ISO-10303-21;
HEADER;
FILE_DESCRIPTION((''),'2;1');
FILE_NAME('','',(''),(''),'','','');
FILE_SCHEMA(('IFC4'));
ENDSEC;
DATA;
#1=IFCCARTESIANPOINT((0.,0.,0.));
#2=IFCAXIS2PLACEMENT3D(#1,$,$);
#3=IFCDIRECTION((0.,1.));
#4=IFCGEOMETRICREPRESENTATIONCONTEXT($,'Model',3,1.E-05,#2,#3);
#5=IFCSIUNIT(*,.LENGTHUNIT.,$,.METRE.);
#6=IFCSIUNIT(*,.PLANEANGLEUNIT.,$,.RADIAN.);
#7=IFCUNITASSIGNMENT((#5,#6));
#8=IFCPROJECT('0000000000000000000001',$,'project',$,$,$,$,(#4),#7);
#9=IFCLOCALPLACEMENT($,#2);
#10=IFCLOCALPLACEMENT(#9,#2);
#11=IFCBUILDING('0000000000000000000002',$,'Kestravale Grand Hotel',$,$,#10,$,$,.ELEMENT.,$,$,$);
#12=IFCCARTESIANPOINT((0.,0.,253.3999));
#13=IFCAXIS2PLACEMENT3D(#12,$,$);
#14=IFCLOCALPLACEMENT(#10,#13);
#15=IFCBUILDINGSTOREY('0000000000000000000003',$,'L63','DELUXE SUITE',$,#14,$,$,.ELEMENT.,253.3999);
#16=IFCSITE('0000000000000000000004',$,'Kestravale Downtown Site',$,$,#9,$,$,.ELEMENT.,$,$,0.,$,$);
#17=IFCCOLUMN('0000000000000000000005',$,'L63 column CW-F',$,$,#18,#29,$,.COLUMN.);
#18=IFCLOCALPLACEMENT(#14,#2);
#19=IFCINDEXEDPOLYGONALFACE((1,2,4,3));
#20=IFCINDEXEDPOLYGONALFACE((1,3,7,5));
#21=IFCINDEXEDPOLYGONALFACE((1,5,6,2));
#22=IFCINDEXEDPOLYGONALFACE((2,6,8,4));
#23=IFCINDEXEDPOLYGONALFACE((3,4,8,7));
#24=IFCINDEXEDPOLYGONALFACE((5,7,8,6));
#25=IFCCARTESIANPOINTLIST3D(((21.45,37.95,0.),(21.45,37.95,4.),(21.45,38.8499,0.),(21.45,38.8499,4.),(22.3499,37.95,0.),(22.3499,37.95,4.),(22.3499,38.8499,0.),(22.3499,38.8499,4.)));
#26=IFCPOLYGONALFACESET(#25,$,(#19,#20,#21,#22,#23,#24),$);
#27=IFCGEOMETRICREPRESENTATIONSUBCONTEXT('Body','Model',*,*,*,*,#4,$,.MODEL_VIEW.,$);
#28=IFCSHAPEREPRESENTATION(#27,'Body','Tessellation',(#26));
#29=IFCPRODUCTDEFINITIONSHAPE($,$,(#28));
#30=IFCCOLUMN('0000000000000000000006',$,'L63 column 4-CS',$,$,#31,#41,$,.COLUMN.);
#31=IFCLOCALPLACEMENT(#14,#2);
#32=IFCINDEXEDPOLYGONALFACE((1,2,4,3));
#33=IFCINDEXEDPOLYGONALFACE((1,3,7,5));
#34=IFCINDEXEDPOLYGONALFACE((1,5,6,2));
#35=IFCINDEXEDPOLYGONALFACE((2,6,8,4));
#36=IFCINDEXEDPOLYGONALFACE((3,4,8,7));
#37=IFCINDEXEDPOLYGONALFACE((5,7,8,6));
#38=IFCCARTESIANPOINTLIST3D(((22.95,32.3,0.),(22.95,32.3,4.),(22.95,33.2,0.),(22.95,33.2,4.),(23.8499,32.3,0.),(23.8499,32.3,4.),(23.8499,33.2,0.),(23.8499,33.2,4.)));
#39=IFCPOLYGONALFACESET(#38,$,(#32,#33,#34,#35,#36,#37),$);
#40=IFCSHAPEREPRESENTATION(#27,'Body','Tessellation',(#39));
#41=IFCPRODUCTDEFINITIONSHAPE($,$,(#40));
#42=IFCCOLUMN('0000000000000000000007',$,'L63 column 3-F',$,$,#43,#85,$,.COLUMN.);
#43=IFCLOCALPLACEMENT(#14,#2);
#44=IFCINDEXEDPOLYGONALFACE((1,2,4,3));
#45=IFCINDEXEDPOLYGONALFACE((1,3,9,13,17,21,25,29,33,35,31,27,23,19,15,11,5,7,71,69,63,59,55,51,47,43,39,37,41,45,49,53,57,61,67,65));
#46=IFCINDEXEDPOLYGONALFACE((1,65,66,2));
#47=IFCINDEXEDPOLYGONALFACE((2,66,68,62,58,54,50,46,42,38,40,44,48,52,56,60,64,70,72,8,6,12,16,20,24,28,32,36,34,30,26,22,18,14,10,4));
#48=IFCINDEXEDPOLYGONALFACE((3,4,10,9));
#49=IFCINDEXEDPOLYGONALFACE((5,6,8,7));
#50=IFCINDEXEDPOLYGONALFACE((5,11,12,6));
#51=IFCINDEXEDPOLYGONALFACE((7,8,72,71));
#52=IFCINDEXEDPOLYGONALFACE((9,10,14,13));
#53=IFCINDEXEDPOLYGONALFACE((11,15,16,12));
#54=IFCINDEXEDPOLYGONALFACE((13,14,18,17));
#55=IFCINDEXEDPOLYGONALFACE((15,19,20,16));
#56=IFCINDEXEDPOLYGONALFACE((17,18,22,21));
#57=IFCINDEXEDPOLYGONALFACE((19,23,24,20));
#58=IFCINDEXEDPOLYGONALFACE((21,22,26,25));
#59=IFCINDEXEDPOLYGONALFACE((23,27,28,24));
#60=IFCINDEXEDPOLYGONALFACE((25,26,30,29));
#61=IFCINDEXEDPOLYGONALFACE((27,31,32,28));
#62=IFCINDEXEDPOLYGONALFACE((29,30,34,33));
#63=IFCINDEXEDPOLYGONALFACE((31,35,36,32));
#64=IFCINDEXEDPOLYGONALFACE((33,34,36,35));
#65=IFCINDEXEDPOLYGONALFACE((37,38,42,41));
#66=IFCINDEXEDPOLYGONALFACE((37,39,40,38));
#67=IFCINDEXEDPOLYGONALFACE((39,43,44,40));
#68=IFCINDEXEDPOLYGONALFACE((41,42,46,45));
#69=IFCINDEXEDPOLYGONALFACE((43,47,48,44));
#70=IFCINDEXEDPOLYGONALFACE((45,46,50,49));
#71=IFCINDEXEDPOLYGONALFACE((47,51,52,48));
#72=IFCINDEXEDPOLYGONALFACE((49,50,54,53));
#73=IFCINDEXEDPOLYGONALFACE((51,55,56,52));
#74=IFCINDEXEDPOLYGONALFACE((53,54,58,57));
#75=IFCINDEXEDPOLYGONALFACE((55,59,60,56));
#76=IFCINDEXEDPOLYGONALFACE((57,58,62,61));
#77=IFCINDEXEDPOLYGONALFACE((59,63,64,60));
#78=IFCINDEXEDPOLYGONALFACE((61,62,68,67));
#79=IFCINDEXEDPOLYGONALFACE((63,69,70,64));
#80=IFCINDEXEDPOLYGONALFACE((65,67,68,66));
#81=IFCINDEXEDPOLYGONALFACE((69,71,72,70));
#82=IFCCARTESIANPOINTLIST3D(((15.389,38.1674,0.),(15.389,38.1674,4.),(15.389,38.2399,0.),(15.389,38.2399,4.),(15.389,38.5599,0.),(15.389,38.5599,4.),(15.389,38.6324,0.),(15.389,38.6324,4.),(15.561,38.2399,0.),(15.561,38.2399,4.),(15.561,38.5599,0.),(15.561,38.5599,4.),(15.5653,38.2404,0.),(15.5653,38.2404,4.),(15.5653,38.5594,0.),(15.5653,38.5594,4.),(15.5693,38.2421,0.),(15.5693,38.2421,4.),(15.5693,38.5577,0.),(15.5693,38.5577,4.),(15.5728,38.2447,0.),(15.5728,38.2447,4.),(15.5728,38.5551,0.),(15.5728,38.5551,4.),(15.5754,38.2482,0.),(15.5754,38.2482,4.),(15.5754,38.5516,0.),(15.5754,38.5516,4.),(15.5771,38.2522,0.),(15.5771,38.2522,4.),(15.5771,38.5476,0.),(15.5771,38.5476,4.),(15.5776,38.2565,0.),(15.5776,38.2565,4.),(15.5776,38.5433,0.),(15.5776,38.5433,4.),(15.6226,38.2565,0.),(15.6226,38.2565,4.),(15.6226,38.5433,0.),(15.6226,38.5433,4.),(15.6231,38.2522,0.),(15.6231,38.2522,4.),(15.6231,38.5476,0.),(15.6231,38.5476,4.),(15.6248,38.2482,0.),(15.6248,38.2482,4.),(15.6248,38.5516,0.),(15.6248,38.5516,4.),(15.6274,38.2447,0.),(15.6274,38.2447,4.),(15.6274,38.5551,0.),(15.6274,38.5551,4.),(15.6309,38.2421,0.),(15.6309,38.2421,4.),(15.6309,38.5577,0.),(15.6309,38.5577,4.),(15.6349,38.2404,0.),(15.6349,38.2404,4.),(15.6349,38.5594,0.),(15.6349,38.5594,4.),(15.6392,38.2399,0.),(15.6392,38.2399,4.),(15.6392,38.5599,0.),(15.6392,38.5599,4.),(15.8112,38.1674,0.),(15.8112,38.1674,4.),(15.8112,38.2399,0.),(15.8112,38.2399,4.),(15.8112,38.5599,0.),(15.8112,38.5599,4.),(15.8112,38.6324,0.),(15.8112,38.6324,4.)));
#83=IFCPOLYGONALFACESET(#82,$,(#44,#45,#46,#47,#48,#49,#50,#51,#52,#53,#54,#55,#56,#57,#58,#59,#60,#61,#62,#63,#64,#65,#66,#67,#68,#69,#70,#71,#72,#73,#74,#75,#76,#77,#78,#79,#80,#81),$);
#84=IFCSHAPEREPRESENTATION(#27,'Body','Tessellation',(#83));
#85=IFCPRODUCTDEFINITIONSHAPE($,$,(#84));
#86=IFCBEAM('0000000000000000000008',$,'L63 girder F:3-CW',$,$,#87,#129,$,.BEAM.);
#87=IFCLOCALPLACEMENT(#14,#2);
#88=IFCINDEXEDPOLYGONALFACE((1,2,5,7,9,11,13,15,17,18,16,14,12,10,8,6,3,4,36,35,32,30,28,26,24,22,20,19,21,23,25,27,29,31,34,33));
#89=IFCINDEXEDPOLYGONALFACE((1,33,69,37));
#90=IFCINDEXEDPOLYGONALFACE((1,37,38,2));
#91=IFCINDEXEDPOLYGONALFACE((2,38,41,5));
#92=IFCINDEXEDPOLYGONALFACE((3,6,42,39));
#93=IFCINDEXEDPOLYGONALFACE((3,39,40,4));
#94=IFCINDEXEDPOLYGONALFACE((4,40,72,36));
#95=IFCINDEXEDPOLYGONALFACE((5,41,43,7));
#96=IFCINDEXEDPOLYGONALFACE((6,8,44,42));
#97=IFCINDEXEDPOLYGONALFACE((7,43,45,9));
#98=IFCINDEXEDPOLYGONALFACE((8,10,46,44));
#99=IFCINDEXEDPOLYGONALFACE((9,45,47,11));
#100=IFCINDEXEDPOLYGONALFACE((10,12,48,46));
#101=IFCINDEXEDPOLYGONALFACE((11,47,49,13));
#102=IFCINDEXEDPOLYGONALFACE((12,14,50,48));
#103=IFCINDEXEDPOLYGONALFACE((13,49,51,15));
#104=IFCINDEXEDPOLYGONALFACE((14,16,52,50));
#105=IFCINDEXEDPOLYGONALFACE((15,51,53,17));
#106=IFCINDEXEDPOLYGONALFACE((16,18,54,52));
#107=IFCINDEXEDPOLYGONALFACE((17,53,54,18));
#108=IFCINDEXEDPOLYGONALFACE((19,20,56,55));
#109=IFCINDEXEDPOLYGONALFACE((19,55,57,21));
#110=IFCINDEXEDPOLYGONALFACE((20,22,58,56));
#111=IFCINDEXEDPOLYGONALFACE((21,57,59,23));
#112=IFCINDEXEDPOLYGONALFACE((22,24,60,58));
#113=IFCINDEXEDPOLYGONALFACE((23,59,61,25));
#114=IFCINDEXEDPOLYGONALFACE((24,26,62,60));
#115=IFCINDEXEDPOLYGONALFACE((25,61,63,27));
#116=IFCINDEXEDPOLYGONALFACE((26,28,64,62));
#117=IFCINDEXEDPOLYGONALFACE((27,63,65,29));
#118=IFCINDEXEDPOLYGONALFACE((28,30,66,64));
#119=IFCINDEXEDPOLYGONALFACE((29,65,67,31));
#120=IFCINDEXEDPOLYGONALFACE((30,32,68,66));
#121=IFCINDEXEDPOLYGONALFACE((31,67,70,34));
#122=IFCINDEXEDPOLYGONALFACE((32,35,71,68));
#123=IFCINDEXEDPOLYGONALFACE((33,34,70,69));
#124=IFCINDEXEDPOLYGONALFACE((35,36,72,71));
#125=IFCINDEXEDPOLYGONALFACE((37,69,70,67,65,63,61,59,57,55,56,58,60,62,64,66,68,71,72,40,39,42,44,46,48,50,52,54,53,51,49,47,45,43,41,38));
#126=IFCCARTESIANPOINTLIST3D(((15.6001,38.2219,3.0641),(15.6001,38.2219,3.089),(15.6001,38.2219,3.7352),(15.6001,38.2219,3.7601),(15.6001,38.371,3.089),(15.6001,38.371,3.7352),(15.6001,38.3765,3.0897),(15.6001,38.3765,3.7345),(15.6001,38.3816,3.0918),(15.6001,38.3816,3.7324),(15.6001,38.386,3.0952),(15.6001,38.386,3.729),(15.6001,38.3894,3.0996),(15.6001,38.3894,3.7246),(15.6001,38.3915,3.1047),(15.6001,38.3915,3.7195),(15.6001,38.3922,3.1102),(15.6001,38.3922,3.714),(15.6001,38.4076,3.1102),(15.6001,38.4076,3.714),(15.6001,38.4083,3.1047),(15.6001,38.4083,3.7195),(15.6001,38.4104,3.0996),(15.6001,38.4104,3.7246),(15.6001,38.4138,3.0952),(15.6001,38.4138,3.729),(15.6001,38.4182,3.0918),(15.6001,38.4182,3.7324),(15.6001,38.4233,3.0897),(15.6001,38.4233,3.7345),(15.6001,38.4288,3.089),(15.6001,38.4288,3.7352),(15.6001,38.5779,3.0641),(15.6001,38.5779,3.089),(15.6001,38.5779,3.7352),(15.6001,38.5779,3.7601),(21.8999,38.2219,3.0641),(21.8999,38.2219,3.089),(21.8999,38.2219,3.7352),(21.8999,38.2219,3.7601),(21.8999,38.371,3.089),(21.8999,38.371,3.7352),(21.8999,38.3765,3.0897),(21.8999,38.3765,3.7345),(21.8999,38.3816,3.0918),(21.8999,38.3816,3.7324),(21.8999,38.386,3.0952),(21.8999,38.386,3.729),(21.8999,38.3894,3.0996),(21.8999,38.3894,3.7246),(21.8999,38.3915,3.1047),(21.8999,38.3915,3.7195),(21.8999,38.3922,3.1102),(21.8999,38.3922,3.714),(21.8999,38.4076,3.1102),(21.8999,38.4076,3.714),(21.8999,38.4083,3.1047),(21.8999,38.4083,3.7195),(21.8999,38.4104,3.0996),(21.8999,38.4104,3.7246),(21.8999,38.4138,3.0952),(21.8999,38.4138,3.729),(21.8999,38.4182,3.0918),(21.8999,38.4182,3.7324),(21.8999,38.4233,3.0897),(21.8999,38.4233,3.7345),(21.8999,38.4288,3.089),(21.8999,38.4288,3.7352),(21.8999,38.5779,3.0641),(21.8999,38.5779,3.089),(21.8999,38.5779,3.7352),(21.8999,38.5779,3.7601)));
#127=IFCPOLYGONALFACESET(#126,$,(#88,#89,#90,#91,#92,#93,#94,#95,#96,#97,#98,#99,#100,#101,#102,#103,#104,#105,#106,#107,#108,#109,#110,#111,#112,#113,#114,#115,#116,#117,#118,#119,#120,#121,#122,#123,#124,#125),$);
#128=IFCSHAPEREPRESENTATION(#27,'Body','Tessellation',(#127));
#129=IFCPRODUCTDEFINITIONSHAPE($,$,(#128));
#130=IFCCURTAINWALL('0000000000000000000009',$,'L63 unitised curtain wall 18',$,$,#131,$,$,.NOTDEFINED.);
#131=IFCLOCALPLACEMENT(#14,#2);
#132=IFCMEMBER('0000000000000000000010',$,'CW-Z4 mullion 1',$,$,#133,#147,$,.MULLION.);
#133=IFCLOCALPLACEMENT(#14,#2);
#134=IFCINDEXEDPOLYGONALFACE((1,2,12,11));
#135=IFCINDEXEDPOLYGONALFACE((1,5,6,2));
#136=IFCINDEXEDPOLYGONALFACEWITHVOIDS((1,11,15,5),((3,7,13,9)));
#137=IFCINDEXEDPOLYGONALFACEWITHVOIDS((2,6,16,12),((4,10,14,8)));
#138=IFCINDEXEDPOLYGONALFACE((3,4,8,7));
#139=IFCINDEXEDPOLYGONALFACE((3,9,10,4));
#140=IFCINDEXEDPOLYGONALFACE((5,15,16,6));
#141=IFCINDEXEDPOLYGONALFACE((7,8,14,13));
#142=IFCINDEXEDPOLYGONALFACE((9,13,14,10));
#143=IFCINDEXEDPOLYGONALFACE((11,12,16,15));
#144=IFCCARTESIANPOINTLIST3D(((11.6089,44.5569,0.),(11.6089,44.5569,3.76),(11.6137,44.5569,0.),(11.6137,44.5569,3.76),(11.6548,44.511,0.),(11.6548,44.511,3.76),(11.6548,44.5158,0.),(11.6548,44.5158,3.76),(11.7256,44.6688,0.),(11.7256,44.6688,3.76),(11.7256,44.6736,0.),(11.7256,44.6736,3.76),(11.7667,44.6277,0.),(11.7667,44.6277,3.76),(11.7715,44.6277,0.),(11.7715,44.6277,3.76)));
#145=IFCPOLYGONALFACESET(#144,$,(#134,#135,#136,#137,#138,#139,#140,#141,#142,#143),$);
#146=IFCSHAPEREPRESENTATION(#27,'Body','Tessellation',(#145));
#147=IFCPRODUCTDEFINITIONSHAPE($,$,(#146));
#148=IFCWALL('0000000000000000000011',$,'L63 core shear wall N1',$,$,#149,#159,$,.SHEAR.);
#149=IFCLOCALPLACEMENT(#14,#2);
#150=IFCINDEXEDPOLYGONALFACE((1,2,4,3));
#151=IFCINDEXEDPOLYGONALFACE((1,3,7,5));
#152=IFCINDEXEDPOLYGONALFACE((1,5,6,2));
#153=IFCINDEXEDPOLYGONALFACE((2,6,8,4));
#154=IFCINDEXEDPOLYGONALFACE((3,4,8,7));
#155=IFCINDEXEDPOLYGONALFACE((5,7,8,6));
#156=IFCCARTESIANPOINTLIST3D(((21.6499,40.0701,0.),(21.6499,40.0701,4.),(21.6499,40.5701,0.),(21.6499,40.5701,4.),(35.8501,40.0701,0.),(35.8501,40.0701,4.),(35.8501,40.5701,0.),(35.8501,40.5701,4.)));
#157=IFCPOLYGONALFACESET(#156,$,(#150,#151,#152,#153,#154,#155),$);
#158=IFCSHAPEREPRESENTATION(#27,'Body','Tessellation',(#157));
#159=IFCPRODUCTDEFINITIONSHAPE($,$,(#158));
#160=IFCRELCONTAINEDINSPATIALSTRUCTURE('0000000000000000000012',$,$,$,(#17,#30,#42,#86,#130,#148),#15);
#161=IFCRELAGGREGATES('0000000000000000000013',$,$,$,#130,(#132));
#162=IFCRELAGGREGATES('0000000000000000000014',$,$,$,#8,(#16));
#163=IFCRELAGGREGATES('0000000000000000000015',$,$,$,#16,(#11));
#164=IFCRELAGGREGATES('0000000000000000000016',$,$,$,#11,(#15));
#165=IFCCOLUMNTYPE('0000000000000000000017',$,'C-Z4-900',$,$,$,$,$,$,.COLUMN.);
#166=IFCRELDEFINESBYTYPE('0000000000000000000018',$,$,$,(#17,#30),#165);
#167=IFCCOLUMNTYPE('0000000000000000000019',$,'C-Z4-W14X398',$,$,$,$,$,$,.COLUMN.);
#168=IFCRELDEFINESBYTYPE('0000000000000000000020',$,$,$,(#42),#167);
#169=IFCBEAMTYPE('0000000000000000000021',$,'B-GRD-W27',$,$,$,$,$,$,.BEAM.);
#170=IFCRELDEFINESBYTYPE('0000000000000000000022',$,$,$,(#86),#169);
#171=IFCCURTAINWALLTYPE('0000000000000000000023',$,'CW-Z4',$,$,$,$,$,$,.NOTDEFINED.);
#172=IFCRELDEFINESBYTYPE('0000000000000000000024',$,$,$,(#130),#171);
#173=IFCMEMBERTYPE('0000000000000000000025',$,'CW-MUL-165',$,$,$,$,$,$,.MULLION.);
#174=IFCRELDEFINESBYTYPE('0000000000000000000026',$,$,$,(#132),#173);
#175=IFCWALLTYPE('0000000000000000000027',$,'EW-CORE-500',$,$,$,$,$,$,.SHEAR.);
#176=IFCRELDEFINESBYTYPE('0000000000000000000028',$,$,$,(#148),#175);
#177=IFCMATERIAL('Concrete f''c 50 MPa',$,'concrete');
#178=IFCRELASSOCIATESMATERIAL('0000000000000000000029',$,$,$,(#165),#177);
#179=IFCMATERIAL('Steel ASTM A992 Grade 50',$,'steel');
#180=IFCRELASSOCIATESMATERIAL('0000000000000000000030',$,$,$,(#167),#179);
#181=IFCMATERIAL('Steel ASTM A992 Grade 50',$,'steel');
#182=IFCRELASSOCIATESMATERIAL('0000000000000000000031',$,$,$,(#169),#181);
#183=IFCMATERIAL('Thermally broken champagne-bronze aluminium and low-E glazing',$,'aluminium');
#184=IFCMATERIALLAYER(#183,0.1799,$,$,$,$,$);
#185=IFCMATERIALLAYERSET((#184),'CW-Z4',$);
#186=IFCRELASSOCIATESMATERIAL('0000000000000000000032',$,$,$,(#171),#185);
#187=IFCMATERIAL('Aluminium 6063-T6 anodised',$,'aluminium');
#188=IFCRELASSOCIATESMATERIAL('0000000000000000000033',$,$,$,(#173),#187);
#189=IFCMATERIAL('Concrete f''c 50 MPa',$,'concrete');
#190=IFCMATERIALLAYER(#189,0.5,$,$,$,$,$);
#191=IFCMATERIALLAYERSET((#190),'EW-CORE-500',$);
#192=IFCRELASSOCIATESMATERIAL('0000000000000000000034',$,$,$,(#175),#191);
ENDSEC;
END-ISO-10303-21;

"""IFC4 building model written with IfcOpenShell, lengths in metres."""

from ifc_helpers import new_model, si_unit, direction, frame, frame_2d, origin, origin_2d, place, context, subcontext, project, spatial, rectangle, hollow_rectangle, i_section, extrude, material, layer, layer_set, material_profile, profile_set, type_object, element, aggregate, save


model = new_model("IFC4")

# Units and contexts
model_context = context("Model", 3, precision=1e-05, world=origin(), true_north=direction((0.0, 1.0)))
body_context = subcontext(model_context, "Body", "Model", "MODEL_VIEW")
ifc_project = project(units=[si_unit("LENGTHUNIT", "METRE"), si_unit("PLANEANGLEUNIT", "RADIAN")], contexts=[model_context])

# Site, building, storey
site_placement = place(None, origin())
site = spatial("IfcSite", under=ifc_project, at=site_placement, Name="Kestravale Downtown Site", CompositionType="ELEMENT", RefElevation=0.0)
building_placement = place(site_placement, origin())
building = spatial("IfcBuilding", under=site, at=building_placement, Name="Kestravale Grand Hotel", CompositionType="ELEMENT")
storey_placement = place(building_placement, frame((0.0, 0.0, 253.3999)))
storey = spatial("IfcBuildingStorey", under=building, at=storey_placement, Name="L63", Description="DELUXE SUITE", CompositionType="ELEMENT", Elevation=253.3999)

# Columns
ifc_material_1 = material(Name="Concrete f'c 50 MPa", Category="concrete")
ifc_material_profile_1 = material_profile(ifc_material_1, rectangle(XDim=0.8999, YDim=0.8999, at=origin_2d()))
ifc_profile_set_1 = profile_set([ifc_material_profile_1], Name="Concrete f'c 50 MPa")
column_type_1 = type_object("IfcColumnType", Name="C-Z4-900", PredefinedType="COLUMN", material=ifc_profile_set_1)
for number, where, z_axis, x_axis, name in (
    (1, (21.8999, 38.3999, 0.0), (0.0, 0.0, 1.0), (1.0, 0.0, 0.0), "L63 column CW-F"),
    (2, (23.3999, 32.75, 0.0), (0.0, 0.0, 1.0), (1.0, 0.0, 0.0), "L63 column 4-CS"),
):
    element("IfcColumn", number, at=place(storey_placement, frame(where, z_axis=z_axis, x_axis=x_axis)), inside=storey, type_object=column_type_1, Name=name, PredefinedType="COLUMN", context=body_context, shape_type="SweptSolid", body=[
        extrude(rectangle(XDim=0.8999, YDim=0.8999, at=origin_2d()), origin(), (0.0, 0.0, 1.0), 4.0),
    ])
ifc_material_2 = material(Name="Steel ASTM A992 Grade 50", Category="steel")
ifc_material_profile_2 = material_profile(ifc_material_2, i_section(OverallWidth=0.4221, OverallDepth=0.4651, WebThickness=0.0449, FlangeThickness=0.0725, FilletRadius=0.0166, at=origin_2d()))
ifc_profile_set_2 = profile_set([ifc_material_profile_2], Name="Steel ASTM A992 Grade 50")
column_type_2 = type_object("IfcColumnType", Name="C-Z4-W14X398", PredefinedType="COLUMN", material=ifc_profile_set_2)
column_placement = place(storey_placement, frame((15.6001, 38.3999, 0.0), z_axis=(0.0, 0.0, 1.0), x_axis=(1.0, 0.0, 0.0)))
element("IfcColumn", 3, at=column_placement, inside=storey, type_object=column_type_2, Name="L63 column 3-F", PredefinedType="COLUMN", context=body_context, shape_type="SweptSolid", body=[
    extrude(i_section(OverallWidth=0.4221, OverallDepth=0.4651, WebThickness=0.0449, FlangeThickness=0.0725, FilletRadius=0.0166, at=origin_2d()), origin(), (0.0, 0.0, 1.0), 4.0),
])

# Beam
ifc_material_3 = material(Name="Steel ASTM A992 Grade 50", Category="steel")
ifc_material_profile_3 = material_profile(ifc_material_3, i_section(OverallWidth=0.356, OverallDepth=0.696, WebThickness=0.0154, FlangeThickness=0.0249, FilletRadius=0.0212, at=origin_2d()))
ifc_profile_set_3 = profile_set([ifc_material_profile_3], Name="Steel ASTM A992 Grade 50")
beam_type = type_object("IfcBeamType", Name="B-GRD-W27", PredefinedType="BEAM", material=ifc_profile_set_3)
beam_placement = place(storey_placement, frame((15.6001, 38.3999, 3.4121), z_axis=(1.0, 0.0, 0.0), x_axis=(0.0, 1.0, 0.0)))
element("IfcBeam", 4, at=beam_placement, inside=storey, type_object=beam_type, Name="L63 girder F:3-CW", PredefinedType="BEAM", context=body_context, shape_type="SweptSolid", body=[
    extrude(i_section(OverallWidth=0.356, OverallDepth=0.696, WebThickness=0.0154, FlangeThickness=0.0249, FilletRadius=0.0212, at=origin_2d()), origin(), (0.0, 0.0, 1.0), 6.2998),
])

# Curtain wall, member
ifc_material_4 = material(Name="Thermally broken champagne-bronze aluminium and low-E glazing", Category="aluminium")
ifc_layer_1 = layer(ifc_material_4, 0.1799)
ifc_layer_set_1 = layer_set([ifc_layer_1], Name="CW-Z4")
curtain_wall_type = type_object("IfcCurtainWallType", Name="CW-Z4", PredefinedType="NOTDEFINED", material=ifc_layer_set_1)
curtain_wall_placement = place(storey_placement, origin())
curtain_wall = element("IfcCurtainWall", 5, at=curtain_wall_placement, inside=storey, type_object=curtain_wall_type, Name="L63 unitised curtain wall 18", PredefinedType="NOTDEFINED")
ifc_material_5 = material(Name="Aluminium 6063-T6 anodised", Category="aluminium")
ifc_material_profile_4 = material_profile(ifc_material_5, hollow_rectangle(XDim=0.0649, YDim=0.165, WallThickness=0.0034, at=origin_2d()))
ifc_profile_set_4 = profile_set([ifc_material_profile_4], Name="Aluminium 6063-T6 anodised")
member_type = type_object("IfcMemberType", Name="CW-MUL-165", PredefinedType="MULLION", material=ifc_profile_set_4)
member_placement = place(storey_placement, frame((11.6902, 44.5923, 0.0), z_axis=(0.0, 0.0, 1.0), x_axis=(0.707107, -0.707107, 0.0)))
member = element("IfcMember", 6, at=member_placement, type_object=member_type, Name="CW-Z4 mullion 1", PredefinedType="MULLION", context=body_context, shape_type="SweptSolid", body=[
    extrude(hollow_rectangle(XDim=0.0649, YDim=0.165, WallThickness=0.0034, at=origin_2d()), origin(), (0.0, 0.0, 1.0), 3.76),
])
aggregate(curtain_wall, [member])

# Wall
ifc_material_6 = material(Name="Concrete f'c 50 MPa", Category="concrete")
ifc_layer_2 = layer(ifc_material_6, 0.5)
ifc_layer_set_2 = layer_set([ifc_layer_2], Name="EW-CORE-500")
wall_type_1 = type_object("IfcWallType", Name="EW-CORE-500", PredefinedType="SHEAR", material=ifc_layer_set_2)
wall_1_placement = place(storey_placement, frame((21.6499, 40.3201, 0.0), z_axis=(0.0, 0.0, 1.0), x_axis=(1.0, 0.0, 0.0)))
element("IfcWall", 7, at=wall_1_placement, inside=storey, type_object=wall_type_1, Name="L63 core shear wall N1", PredefinedType="SHEAR", context=body_context, shape_type="SweptSolid", body=[
    extrude(rectangle(XDim=14.2002, YDim=0.5, at=frame_2d((7.1001, 0.0))), origin(), (0.0, 0.0, 1.0), 4.0),
])

save(model, "model.ifc")
